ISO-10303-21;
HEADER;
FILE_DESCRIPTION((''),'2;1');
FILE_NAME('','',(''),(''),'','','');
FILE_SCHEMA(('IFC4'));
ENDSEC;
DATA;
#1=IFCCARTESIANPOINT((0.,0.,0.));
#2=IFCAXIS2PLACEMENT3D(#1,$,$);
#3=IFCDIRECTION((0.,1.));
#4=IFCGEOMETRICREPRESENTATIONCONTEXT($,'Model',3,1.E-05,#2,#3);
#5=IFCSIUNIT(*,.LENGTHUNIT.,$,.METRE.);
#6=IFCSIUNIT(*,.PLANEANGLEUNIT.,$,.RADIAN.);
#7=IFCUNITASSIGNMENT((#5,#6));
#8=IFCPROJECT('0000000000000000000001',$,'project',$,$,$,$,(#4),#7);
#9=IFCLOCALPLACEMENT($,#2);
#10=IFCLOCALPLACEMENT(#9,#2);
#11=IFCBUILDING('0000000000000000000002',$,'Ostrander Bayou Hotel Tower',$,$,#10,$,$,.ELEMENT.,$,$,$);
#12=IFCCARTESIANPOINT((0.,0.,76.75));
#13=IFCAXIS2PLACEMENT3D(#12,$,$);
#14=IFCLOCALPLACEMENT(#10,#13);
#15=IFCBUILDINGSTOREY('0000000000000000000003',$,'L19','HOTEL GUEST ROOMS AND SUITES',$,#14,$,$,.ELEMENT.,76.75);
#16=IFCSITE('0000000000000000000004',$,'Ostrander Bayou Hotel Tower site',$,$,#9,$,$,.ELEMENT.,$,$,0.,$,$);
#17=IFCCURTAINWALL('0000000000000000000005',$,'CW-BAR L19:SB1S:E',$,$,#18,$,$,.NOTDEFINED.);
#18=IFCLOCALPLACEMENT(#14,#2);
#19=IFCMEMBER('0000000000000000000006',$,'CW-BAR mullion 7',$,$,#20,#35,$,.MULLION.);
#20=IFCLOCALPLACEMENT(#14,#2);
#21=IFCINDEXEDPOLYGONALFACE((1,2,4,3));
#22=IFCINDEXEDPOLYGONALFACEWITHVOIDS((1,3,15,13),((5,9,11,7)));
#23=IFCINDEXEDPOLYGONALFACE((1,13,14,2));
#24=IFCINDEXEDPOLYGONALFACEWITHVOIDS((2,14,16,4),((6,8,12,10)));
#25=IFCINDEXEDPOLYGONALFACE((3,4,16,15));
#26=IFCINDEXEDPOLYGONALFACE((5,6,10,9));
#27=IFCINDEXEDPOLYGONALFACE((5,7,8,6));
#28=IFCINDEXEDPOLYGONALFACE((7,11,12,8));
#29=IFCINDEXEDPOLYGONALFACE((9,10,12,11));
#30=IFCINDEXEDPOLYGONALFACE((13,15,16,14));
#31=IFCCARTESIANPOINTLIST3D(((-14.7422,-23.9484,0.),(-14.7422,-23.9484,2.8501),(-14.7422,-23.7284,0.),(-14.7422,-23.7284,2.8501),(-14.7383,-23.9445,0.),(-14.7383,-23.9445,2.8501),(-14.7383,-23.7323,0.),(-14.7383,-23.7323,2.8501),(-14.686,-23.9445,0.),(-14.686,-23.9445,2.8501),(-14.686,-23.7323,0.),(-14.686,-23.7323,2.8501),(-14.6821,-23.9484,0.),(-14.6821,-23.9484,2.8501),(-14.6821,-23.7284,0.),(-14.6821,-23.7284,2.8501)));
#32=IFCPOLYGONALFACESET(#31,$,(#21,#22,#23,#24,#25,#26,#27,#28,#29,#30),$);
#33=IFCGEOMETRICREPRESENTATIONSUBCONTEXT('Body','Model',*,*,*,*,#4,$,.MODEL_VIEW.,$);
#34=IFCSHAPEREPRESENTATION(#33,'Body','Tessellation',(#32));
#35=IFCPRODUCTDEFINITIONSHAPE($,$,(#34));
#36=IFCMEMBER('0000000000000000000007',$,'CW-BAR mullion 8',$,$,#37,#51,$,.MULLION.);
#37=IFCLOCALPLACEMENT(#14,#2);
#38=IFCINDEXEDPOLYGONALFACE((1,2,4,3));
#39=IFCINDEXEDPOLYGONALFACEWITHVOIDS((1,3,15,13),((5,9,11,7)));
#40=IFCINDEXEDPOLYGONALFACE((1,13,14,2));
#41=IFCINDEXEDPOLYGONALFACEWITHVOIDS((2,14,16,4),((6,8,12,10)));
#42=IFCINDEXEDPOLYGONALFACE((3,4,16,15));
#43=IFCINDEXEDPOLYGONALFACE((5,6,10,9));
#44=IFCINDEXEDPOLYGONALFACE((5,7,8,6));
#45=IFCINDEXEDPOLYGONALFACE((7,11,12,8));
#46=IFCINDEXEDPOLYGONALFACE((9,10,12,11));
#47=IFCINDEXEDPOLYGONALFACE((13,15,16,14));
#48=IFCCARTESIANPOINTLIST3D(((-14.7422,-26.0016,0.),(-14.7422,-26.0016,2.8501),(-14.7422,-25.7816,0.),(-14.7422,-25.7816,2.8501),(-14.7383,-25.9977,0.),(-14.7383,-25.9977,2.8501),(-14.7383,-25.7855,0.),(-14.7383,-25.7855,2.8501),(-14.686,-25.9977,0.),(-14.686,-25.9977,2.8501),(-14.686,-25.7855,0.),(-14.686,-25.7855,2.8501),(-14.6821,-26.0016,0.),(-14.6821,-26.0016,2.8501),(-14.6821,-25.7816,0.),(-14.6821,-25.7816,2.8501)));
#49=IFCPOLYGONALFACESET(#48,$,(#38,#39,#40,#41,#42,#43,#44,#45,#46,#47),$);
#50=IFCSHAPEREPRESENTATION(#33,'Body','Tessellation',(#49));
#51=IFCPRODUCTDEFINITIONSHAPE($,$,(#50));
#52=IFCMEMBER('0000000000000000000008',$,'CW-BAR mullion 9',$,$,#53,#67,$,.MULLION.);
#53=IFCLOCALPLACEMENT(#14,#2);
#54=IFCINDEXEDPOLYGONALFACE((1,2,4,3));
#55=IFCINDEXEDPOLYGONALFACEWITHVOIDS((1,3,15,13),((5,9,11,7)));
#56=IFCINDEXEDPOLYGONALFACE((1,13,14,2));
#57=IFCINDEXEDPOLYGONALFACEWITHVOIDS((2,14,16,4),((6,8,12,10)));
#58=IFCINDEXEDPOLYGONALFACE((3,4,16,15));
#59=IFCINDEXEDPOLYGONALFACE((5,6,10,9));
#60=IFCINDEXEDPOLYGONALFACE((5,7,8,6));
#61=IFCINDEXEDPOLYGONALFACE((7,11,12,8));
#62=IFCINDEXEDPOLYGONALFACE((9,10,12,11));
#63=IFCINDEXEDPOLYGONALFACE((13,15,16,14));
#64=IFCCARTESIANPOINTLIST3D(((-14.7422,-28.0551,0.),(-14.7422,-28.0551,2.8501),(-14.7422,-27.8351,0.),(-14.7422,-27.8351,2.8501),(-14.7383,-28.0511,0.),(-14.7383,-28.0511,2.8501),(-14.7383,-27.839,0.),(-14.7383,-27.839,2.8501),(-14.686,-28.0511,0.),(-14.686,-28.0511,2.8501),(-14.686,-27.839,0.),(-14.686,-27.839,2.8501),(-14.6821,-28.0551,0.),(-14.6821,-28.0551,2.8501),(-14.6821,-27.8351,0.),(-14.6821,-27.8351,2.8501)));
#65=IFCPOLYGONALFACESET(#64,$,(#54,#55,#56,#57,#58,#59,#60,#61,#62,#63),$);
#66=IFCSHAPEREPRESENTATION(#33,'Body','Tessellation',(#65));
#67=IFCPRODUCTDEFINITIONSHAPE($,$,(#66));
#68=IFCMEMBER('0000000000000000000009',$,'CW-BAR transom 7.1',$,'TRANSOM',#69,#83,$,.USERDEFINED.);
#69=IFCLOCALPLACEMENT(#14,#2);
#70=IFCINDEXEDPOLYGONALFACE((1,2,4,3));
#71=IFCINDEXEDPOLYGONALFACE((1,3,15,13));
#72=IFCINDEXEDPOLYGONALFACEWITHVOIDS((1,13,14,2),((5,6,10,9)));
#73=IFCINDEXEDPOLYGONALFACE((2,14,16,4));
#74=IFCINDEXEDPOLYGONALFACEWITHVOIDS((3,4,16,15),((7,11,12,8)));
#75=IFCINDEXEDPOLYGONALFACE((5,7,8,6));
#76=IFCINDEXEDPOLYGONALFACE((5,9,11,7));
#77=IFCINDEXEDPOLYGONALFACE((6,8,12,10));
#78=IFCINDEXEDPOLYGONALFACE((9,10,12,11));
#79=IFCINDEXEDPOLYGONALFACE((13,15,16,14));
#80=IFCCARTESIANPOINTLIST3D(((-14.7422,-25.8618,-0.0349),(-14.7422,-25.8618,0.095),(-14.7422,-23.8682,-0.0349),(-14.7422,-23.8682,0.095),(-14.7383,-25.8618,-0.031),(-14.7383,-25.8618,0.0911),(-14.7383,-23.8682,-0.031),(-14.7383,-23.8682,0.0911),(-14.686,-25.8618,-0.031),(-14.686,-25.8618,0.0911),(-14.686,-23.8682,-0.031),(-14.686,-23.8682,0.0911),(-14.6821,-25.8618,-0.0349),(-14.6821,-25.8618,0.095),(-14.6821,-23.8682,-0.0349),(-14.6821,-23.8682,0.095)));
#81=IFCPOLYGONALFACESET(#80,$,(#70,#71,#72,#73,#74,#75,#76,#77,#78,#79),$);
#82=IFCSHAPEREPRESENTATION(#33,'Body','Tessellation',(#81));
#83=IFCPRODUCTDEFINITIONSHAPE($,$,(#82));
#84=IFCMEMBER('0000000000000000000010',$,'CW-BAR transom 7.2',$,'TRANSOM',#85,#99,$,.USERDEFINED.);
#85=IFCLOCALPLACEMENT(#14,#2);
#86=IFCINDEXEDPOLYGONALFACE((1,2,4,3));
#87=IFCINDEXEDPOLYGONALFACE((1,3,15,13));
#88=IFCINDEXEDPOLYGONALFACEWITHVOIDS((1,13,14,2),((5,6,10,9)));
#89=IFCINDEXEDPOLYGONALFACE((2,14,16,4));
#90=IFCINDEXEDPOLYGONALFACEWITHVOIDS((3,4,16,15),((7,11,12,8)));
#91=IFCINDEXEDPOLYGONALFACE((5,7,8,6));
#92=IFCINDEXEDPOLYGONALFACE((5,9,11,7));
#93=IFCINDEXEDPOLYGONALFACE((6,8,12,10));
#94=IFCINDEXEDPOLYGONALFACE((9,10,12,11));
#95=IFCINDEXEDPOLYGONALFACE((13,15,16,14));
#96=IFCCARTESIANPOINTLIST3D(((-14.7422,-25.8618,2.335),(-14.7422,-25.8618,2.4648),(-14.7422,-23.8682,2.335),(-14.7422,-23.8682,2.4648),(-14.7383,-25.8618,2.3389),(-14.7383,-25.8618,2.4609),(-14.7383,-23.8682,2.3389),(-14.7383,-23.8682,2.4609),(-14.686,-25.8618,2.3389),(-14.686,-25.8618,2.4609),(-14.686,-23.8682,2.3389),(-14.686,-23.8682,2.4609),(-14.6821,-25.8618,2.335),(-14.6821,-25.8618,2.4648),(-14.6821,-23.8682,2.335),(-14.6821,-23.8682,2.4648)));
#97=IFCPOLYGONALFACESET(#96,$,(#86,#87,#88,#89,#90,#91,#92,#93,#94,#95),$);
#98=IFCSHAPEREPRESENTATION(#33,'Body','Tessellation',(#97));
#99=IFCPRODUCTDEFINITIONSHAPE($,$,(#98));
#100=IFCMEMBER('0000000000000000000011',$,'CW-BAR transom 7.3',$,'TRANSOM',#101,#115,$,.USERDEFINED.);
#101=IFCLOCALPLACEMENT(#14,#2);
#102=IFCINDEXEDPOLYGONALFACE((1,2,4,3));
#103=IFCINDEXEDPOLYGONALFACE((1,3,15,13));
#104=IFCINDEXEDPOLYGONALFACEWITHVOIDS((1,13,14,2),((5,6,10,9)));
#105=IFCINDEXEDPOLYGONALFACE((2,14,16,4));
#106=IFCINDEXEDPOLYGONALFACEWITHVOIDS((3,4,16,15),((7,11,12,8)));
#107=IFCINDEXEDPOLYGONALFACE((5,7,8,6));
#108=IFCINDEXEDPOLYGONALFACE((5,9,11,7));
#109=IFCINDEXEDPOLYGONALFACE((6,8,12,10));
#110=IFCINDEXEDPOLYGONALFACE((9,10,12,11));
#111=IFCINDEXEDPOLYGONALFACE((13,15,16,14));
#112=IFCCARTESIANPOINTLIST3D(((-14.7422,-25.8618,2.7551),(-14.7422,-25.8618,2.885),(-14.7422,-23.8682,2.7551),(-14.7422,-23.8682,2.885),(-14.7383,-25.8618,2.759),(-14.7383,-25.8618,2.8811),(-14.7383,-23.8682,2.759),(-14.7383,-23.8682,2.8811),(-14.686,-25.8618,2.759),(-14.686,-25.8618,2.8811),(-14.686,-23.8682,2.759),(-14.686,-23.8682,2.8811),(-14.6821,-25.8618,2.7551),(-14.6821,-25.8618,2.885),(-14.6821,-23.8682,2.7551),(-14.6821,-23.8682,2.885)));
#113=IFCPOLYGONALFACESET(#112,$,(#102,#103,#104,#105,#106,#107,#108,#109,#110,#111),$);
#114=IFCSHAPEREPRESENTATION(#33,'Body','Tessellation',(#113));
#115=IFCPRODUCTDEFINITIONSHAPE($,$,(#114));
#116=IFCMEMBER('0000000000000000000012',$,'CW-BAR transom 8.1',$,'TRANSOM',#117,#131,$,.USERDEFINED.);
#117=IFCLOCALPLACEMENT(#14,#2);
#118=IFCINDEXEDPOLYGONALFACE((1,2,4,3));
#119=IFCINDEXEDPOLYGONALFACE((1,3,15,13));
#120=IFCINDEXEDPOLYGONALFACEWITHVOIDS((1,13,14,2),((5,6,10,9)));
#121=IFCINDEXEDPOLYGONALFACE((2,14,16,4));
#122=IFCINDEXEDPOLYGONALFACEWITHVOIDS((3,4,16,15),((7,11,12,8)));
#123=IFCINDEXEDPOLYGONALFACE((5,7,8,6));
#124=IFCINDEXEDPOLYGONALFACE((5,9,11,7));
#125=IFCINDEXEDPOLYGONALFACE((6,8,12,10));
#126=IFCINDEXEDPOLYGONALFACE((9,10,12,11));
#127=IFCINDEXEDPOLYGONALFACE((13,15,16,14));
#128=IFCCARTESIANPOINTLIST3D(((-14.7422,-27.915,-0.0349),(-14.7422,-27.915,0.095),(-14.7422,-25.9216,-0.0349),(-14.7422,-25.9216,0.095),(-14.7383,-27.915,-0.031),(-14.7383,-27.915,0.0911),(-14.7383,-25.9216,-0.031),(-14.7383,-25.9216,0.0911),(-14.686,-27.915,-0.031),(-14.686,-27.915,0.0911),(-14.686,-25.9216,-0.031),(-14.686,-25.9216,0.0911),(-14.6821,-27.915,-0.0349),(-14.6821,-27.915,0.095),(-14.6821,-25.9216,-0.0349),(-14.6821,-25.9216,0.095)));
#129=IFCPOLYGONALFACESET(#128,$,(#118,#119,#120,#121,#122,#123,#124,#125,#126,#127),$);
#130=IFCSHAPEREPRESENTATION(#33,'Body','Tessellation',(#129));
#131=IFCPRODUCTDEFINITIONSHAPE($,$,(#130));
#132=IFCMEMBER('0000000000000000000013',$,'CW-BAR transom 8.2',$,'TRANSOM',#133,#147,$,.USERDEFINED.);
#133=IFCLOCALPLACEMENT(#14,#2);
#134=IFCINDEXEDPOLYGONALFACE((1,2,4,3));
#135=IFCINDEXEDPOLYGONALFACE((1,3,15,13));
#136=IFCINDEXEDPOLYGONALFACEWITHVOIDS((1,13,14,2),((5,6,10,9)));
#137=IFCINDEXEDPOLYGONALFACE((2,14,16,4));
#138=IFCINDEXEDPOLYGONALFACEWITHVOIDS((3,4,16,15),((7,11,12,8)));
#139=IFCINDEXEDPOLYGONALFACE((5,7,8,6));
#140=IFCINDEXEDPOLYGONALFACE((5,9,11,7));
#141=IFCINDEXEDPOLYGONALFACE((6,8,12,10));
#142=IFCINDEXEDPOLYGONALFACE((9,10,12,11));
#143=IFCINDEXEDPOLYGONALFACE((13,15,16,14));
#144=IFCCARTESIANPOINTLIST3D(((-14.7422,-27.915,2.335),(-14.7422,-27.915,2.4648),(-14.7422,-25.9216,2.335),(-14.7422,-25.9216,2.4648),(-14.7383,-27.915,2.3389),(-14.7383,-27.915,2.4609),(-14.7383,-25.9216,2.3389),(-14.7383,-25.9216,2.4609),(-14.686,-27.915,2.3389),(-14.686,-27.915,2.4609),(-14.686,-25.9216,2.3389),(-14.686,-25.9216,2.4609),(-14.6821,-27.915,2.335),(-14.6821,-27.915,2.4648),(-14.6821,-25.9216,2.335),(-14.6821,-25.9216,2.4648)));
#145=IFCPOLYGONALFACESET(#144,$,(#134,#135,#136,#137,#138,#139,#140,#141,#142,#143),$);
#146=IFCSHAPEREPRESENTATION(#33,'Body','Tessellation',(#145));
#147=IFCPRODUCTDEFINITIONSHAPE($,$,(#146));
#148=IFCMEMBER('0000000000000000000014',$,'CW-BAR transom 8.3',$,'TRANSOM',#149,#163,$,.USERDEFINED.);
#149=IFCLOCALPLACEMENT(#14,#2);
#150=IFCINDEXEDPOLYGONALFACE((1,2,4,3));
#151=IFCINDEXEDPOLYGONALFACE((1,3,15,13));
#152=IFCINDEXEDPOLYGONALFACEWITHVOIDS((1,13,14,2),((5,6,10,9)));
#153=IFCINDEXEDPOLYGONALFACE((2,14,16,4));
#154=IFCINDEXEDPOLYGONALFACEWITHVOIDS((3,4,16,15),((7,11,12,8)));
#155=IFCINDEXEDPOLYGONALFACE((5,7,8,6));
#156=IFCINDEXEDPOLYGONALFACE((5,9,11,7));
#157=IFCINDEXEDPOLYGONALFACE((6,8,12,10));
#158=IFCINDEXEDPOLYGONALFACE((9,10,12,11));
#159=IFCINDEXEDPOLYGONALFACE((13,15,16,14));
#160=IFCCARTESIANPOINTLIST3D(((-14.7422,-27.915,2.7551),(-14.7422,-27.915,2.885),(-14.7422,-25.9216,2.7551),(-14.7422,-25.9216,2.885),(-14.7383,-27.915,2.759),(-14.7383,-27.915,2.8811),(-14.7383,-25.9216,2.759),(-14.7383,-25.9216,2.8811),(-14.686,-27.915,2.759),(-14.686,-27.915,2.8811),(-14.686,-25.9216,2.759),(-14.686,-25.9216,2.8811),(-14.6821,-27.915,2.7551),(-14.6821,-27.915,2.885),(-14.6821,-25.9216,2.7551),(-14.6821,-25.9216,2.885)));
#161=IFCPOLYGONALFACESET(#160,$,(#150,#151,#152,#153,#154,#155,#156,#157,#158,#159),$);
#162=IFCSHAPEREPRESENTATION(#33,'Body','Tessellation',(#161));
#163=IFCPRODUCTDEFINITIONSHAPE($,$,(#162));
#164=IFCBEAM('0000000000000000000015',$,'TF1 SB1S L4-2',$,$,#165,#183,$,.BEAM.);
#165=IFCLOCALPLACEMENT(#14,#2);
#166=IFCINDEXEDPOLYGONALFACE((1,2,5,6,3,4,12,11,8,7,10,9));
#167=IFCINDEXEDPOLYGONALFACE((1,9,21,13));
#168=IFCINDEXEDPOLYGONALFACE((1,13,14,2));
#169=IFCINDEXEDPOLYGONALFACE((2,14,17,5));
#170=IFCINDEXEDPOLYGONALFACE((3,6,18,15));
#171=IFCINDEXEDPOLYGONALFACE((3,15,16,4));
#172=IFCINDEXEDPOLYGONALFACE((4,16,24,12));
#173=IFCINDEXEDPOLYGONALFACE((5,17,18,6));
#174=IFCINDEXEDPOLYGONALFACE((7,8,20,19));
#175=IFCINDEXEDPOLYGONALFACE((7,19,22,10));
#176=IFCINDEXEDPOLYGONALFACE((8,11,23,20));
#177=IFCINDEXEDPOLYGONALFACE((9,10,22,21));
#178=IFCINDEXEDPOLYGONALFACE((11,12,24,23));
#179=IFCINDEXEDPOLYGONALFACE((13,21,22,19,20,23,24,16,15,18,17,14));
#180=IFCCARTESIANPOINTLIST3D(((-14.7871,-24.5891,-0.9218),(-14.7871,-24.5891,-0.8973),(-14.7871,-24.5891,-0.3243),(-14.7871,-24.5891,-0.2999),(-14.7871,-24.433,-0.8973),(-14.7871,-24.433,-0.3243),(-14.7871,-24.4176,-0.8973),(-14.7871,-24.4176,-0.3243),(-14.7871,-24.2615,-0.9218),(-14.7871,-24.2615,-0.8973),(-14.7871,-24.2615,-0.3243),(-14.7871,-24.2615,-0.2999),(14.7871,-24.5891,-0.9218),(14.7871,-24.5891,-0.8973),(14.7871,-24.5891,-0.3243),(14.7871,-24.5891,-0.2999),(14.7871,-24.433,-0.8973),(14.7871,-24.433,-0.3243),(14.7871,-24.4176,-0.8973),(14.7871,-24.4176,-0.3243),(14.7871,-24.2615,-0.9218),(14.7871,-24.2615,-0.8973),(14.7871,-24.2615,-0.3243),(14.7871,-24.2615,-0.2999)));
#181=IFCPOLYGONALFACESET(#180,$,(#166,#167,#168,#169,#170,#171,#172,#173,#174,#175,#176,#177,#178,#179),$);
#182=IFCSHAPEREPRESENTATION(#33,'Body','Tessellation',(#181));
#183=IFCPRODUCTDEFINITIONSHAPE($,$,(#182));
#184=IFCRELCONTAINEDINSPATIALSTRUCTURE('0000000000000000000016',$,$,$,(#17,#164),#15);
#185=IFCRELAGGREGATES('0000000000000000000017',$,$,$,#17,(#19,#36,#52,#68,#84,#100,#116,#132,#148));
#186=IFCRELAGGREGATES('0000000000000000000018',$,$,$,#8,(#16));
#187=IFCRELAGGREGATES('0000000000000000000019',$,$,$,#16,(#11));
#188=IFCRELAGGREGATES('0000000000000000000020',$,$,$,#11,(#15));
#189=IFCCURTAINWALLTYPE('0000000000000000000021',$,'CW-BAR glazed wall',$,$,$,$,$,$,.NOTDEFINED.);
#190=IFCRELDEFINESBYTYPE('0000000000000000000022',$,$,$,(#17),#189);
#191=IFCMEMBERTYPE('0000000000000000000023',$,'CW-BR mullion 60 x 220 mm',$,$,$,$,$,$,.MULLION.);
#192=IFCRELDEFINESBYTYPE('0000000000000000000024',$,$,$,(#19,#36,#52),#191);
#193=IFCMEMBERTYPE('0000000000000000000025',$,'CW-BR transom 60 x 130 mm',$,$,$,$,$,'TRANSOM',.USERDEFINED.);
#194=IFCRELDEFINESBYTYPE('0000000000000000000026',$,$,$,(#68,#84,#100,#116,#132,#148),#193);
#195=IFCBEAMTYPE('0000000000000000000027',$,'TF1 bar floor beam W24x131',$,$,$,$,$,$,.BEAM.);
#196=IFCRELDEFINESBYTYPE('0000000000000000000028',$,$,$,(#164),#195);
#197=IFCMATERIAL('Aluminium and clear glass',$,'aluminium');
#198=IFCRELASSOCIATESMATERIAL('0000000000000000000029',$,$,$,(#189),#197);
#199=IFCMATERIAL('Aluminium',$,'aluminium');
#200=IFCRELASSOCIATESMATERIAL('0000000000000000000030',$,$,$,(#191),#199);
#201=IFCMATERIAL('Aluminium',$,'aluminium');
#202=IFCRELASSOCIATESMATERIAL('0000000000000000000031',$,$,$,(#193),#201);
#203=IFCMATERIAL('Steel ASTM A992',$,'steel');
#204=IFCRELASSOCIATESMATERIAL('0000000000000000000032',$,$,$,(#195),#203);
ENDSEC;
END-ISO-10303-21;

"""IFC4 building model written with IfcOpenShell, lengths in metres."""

from ifc_helpers import new_model, si_unit, direction, frame, origin, origin_2d, place, context, subcontext, project, spatial, hollow_rectangle, i_section, extrude, material, material_profile, profile_set, type_object, element, aggregate, save


model = new_model("IFC4")

# Units and contexts
model_context = context("Model", 3, precision=1e-05, world=origin(), true_north=direction((0.0, 1.0)))
body_context = subcontext(model_context, "Body", "Model", "MODEL_VIEW")
ifc_project = project(units=[si_unit("LENGTHUNIT", "METRE"), si_unit("PLANEANGLEUNIT", "RADIAN")], contexts=[model_context])

# Site, building, storey
site_placement = place(None, origin())
site = spatial("IfcSite", under=ifc_project, at=site_placement, Name="Ostrander Bayou Hotel Tower site", CompositionType="ELEMENT", RefElevation=0.0)
building_placement = place(site_placement, origin())
building = spatial("IfcBuilding", under=site, at=building_placement, Name="Ostrander Bayou Hotel Tower", CompositionType="ELEMENT")
storey_placement = place(building_placement, frame((0.0, 0.0, 76.75)))
storey = spatial("IfcBuildingStorey", under=building, at=storey_placement, Name="L19", Description="HOTEL GUEST ROOMS AND SUITES", CompositionType="ELEMENT", Elevation=76.75)

# Curtain wall, members
ifc_material_1 = material(Name="Aluminium and clear glass", Category="aluminium")
curtain_wall_type = type_object("IfcCurtainWallType", Name="CW-BAR glazed wall", PredefinedType="NOTDEFINED", material=ifc_material_1)
curtain_wall_placement = place(storey_placement, origin())
curtain_wall = element("IfcCurtainWall", 1, at=curtain_wall_placement, inside=storey, type_object=curtain_wall_type, Name="CW-BAR L19:SB1S:E", PredefinedType="NOTDEFINED")
ifc_material_2 = material(Name="Aluminium", Category="aluminium")
ifc_material_profile_1 = material_profile(ifc_material_2, hollow_rectangle(XDim=0.0601, YDim=0.22, WallThickness=0.0039, at=origin_2d()))
ifc_profile_set_1 = profile_set([ifc_material_profile_1], Name="Aluminium")
member_type_1 = type_object("IfcMemberType", Name="CW-BR mullion 60 x 220 mm", PredefinedType="MULLION", material=ifc_profile_set_1)
member_1_placement = place(storey_placement, frame((-14.7122, -23.8384, 0.0), z_axis=(0.0, 0.0, 1.0), x_axis=(1.0, 0.0, 0.0)))
member_1 = element("IfcMember", 2, at=member_1_placement, type_object=member_type_1, Name="CW-BAR mullion 7", PredefinedType="MULLION", context=body_context, shape_type="SweptSolid", body=[
    extrude(hollow_rectangle(XDim=0.0601, YDim=0.22, WallThickness=0.0039, at=origin_2d()), origin(), (0.0, 0.0, 1.0), 2.8501),
])
member_2_placement = place(storey_placement, frame((-14.7122, -25.8916, 0.0), z_axis=(0.0, 0.0, 1.0), x_axis=(1.0, 0.0, 0.0)))
member_2 = element("IfcMember", 3, at=member_2_placement, type_object=member_type_1, Name="CW-BAR mullion 8", PredefinedType="MULLION", context=body_context, shape_type="SweptSolid", body=[
    extrude(hollow_rectangle(XDim=0.0601, YDim=0.22, WallThickness=0.0039, at=origin_2d()), origin(), (0.0, 0.0, 1.0), 2.8501),
])
member_3_placement = place(storey_placement, frame((-14.7122, -27.9451, 0.0), z_axis=(0.0, 0.0, 1.0), x_axis=(1.0, 0.0, 0.0)))
member_3 = element("IfcMember", 4, at=member_3_placement, type_object=member_type_1, Name="CW-BAR mullion 9", PredefinedType="MULLION", context=body_context, shape_type="SweptSolid", body=[
    extrude(hollow_rectangle(XDim=0.0601, YDim=0.22, WallThickness=0.0039, at=origin_2d()), origin(), (0.0, 0.0, 1.0), 2.8501),
])
ifc_material_3 = material(Name="Aluminium", Category="aluminium")
ifc_material_profile_2 = material_profile(ifc_material_3, hollow_rectangle(XDim=0.0601, YDim=0.1299, WallThickness=0.0039, at=origin_2d()))
ifc_profile_set_2 = profile_set([ifc_material_profile_2], Name="Aluminium")
member_type_2 = type_object("IfcMemberType", Name="CW-BR transom 60 x 130 mm", ElementType="TRANSOM", PredefinedType="USERDEFINED", material=ifc_profile_set_2)
member_4_placement = place(storey_placement, frame((-14.7122, -23.8682, 0.03), z_axis=(0.0, -1.0, 0.0), x_axis=(1.0, 0.0, 0.0)))
member_4 = element("IfcMember", 5, at=member_4_placement, type_object=member_type_2, Name="CW-BAR transom 7.1", ObjectType="TRANSOM", PredefinedType="USERDEFINED", context=body_context, shape_type="SweptSolid", body=[
    extrude(hollow_rectangle(XDim=0.0601, YDim=0.1299, WallThickness=0.0039, at=origin_2d()), origin(), (0.0, 0.0, 1.0), 1.9937),
])
member_5_placement = place(storey_placement, frame((-14.7122, -23.8682, 2.3999), z_axis=(0.0, -1.0, 0.0), x_axis=(1.0, 0.0, 0.0)))
member_5 = element("IfcMember", 6, at=member_5_placement, type_object=member_type_2, Name="CW-BAR transom 7.2", ObjectType="TRANSOM", PredefinedType="USERDEFINED", context=body_context, shape_type="SweptSolid", body=[
    extrude(hollow_rectangle(XDim=0.0601, YDim=0.1299, WallThickness=0.0039, at=origin_2d()), origin(), (0.0, 0.0, 1.0), 1.9937),
])
member_6_placement = place(storey_placement, frame((-14.7122, -23.8682, 2.8201), z_axis=(0.0, -1.0, 0.0), x_axis=(1.0, 0.0, 0.0)))
member_6 = element("IfcMember", 7, at=member_6_placement, type_object=member_type_2, Name="CW-BAR transom 7.3", ObjectType="TRANSOM", PredefinedType="USERDEFINED", context=body_context, shape_type="SweptSolid", body=[
    extrude(hollow_rectangle(XDim=0.0601, YDim=0.1299, WallThickness=0.0039, at=origin_2d()), origin(), (0.0, 0.0, 1.0), 1.9937),
])
member_7_placement = place(storey_placement, frame((-14.7122, -25.9216, 0.03), z_axis=(0.0, -1.0, 0.0), x_axis=(1.0, 0.0, 0.0)))
member_7 = element("IfcMember", 8, at=member_7_placement, type_object=member_type_2, Name="CW-BAR transom 8.1", ObjectType="TRANSOM", PredefinedType="USERDEFINED", context=body_context, shape_type="SweptSolid", body=[
    extrude(hollow_rectangle(XDim=0.0601, YDim=0.1299, WallThickness=0.0039, at=origin_2d()), origin(), (0.0, 0.0, 1.0), 1.9934),
])
member_8_placement = place(storey_placement, frame((-14.7122, -25.9216, 2.3999), z_axis=(0.0, -1.0, 0.0), x_axis=(1.0, 0.0, 0.0)))
member_8 = element("IfcMember", 9, at=member_8_placement, type_object=member_type_2, Name="CW-BAR transom 8.2", ObjectType="TRANSOM", PredefinedType="USERDEFINED", context=body_context, shape_type="SweptSolid", body=[
    extrude(hollow_rectangle(XDim=0.0601, YDim=0.1299, WallThickness=0.0039, at=origin_2d()), origin(), (0.0, 0.0, 1.0), 1.9934),
])
member_9_placement = place(storey_placement, frame((-14.7122, -25.9216, 2.8201), z_axis=(0.0, -1.0, 0.0), x_axis=(1.0, 0.0, 0.0)))
member_9 = element("IfcMember", 10, at=member_9_placement, type_object=member_type_2, Name="CW-BAR transom 8.3", ObjectType="TRANSOM", PredefinedType="USERDEFINED", context=body_context, shape_type="SweptSolid", body=[
    extrude(hollow_rectangle(XDim=0.0601, YDim=0.1299, WallThickness=0.0039, at=origin_2d()), origin(), (0.0, 0.0, 1.0), 1.9934),
])

# Beam
ifc_material_4 = material(Name="Steel ASTM A992", Category="steel")
ifc_material_profile_3 = material_profile(ifc_material_4, i_section(OverallWidth=0.3276, OverallDepth=0.6218, WebThickness=0.0154, FlangeThickness=0.0244, at=origin_2d()))
ifc_profile_set_3 = profile_set([ifc_material_profile_3], Name="Steel ASTM A992")
beam_type = type_object("IfcBeamType", Name="TF1 bar floor beam W24x131", PredefinedType="BEAM", material=ifc_profile_set_3)
beam_placement = place(storey_placement, frame((-14.7871, -24.4253, -0.6108), z_axis=(1.0, 0.0, 0.0), x_axis=(0.0, 1.0, 0.0)))
element("IfcBeam", 11, at=beam_placement, inside=storey, type_object=beam_type, Name="TF1 SB1S L4-2", PredefinedType="BEAM", context=body_context, shape_type="SweptSolid", body=[
    extrude(i_section(OverallWidth=0.3276, OverallDepth=0.6218, WebThickness=0.0154, FlangeThickness=0.0244, at=origin_2d()), origin(), (0.0, 0.0, 1.0), 29.5742),
])

aggregate(curtain_wall, [member_1, member_2, member_3, member_4, member_5, member_6, member_7, member_8, member_9])

save(model, "model.ifc")
